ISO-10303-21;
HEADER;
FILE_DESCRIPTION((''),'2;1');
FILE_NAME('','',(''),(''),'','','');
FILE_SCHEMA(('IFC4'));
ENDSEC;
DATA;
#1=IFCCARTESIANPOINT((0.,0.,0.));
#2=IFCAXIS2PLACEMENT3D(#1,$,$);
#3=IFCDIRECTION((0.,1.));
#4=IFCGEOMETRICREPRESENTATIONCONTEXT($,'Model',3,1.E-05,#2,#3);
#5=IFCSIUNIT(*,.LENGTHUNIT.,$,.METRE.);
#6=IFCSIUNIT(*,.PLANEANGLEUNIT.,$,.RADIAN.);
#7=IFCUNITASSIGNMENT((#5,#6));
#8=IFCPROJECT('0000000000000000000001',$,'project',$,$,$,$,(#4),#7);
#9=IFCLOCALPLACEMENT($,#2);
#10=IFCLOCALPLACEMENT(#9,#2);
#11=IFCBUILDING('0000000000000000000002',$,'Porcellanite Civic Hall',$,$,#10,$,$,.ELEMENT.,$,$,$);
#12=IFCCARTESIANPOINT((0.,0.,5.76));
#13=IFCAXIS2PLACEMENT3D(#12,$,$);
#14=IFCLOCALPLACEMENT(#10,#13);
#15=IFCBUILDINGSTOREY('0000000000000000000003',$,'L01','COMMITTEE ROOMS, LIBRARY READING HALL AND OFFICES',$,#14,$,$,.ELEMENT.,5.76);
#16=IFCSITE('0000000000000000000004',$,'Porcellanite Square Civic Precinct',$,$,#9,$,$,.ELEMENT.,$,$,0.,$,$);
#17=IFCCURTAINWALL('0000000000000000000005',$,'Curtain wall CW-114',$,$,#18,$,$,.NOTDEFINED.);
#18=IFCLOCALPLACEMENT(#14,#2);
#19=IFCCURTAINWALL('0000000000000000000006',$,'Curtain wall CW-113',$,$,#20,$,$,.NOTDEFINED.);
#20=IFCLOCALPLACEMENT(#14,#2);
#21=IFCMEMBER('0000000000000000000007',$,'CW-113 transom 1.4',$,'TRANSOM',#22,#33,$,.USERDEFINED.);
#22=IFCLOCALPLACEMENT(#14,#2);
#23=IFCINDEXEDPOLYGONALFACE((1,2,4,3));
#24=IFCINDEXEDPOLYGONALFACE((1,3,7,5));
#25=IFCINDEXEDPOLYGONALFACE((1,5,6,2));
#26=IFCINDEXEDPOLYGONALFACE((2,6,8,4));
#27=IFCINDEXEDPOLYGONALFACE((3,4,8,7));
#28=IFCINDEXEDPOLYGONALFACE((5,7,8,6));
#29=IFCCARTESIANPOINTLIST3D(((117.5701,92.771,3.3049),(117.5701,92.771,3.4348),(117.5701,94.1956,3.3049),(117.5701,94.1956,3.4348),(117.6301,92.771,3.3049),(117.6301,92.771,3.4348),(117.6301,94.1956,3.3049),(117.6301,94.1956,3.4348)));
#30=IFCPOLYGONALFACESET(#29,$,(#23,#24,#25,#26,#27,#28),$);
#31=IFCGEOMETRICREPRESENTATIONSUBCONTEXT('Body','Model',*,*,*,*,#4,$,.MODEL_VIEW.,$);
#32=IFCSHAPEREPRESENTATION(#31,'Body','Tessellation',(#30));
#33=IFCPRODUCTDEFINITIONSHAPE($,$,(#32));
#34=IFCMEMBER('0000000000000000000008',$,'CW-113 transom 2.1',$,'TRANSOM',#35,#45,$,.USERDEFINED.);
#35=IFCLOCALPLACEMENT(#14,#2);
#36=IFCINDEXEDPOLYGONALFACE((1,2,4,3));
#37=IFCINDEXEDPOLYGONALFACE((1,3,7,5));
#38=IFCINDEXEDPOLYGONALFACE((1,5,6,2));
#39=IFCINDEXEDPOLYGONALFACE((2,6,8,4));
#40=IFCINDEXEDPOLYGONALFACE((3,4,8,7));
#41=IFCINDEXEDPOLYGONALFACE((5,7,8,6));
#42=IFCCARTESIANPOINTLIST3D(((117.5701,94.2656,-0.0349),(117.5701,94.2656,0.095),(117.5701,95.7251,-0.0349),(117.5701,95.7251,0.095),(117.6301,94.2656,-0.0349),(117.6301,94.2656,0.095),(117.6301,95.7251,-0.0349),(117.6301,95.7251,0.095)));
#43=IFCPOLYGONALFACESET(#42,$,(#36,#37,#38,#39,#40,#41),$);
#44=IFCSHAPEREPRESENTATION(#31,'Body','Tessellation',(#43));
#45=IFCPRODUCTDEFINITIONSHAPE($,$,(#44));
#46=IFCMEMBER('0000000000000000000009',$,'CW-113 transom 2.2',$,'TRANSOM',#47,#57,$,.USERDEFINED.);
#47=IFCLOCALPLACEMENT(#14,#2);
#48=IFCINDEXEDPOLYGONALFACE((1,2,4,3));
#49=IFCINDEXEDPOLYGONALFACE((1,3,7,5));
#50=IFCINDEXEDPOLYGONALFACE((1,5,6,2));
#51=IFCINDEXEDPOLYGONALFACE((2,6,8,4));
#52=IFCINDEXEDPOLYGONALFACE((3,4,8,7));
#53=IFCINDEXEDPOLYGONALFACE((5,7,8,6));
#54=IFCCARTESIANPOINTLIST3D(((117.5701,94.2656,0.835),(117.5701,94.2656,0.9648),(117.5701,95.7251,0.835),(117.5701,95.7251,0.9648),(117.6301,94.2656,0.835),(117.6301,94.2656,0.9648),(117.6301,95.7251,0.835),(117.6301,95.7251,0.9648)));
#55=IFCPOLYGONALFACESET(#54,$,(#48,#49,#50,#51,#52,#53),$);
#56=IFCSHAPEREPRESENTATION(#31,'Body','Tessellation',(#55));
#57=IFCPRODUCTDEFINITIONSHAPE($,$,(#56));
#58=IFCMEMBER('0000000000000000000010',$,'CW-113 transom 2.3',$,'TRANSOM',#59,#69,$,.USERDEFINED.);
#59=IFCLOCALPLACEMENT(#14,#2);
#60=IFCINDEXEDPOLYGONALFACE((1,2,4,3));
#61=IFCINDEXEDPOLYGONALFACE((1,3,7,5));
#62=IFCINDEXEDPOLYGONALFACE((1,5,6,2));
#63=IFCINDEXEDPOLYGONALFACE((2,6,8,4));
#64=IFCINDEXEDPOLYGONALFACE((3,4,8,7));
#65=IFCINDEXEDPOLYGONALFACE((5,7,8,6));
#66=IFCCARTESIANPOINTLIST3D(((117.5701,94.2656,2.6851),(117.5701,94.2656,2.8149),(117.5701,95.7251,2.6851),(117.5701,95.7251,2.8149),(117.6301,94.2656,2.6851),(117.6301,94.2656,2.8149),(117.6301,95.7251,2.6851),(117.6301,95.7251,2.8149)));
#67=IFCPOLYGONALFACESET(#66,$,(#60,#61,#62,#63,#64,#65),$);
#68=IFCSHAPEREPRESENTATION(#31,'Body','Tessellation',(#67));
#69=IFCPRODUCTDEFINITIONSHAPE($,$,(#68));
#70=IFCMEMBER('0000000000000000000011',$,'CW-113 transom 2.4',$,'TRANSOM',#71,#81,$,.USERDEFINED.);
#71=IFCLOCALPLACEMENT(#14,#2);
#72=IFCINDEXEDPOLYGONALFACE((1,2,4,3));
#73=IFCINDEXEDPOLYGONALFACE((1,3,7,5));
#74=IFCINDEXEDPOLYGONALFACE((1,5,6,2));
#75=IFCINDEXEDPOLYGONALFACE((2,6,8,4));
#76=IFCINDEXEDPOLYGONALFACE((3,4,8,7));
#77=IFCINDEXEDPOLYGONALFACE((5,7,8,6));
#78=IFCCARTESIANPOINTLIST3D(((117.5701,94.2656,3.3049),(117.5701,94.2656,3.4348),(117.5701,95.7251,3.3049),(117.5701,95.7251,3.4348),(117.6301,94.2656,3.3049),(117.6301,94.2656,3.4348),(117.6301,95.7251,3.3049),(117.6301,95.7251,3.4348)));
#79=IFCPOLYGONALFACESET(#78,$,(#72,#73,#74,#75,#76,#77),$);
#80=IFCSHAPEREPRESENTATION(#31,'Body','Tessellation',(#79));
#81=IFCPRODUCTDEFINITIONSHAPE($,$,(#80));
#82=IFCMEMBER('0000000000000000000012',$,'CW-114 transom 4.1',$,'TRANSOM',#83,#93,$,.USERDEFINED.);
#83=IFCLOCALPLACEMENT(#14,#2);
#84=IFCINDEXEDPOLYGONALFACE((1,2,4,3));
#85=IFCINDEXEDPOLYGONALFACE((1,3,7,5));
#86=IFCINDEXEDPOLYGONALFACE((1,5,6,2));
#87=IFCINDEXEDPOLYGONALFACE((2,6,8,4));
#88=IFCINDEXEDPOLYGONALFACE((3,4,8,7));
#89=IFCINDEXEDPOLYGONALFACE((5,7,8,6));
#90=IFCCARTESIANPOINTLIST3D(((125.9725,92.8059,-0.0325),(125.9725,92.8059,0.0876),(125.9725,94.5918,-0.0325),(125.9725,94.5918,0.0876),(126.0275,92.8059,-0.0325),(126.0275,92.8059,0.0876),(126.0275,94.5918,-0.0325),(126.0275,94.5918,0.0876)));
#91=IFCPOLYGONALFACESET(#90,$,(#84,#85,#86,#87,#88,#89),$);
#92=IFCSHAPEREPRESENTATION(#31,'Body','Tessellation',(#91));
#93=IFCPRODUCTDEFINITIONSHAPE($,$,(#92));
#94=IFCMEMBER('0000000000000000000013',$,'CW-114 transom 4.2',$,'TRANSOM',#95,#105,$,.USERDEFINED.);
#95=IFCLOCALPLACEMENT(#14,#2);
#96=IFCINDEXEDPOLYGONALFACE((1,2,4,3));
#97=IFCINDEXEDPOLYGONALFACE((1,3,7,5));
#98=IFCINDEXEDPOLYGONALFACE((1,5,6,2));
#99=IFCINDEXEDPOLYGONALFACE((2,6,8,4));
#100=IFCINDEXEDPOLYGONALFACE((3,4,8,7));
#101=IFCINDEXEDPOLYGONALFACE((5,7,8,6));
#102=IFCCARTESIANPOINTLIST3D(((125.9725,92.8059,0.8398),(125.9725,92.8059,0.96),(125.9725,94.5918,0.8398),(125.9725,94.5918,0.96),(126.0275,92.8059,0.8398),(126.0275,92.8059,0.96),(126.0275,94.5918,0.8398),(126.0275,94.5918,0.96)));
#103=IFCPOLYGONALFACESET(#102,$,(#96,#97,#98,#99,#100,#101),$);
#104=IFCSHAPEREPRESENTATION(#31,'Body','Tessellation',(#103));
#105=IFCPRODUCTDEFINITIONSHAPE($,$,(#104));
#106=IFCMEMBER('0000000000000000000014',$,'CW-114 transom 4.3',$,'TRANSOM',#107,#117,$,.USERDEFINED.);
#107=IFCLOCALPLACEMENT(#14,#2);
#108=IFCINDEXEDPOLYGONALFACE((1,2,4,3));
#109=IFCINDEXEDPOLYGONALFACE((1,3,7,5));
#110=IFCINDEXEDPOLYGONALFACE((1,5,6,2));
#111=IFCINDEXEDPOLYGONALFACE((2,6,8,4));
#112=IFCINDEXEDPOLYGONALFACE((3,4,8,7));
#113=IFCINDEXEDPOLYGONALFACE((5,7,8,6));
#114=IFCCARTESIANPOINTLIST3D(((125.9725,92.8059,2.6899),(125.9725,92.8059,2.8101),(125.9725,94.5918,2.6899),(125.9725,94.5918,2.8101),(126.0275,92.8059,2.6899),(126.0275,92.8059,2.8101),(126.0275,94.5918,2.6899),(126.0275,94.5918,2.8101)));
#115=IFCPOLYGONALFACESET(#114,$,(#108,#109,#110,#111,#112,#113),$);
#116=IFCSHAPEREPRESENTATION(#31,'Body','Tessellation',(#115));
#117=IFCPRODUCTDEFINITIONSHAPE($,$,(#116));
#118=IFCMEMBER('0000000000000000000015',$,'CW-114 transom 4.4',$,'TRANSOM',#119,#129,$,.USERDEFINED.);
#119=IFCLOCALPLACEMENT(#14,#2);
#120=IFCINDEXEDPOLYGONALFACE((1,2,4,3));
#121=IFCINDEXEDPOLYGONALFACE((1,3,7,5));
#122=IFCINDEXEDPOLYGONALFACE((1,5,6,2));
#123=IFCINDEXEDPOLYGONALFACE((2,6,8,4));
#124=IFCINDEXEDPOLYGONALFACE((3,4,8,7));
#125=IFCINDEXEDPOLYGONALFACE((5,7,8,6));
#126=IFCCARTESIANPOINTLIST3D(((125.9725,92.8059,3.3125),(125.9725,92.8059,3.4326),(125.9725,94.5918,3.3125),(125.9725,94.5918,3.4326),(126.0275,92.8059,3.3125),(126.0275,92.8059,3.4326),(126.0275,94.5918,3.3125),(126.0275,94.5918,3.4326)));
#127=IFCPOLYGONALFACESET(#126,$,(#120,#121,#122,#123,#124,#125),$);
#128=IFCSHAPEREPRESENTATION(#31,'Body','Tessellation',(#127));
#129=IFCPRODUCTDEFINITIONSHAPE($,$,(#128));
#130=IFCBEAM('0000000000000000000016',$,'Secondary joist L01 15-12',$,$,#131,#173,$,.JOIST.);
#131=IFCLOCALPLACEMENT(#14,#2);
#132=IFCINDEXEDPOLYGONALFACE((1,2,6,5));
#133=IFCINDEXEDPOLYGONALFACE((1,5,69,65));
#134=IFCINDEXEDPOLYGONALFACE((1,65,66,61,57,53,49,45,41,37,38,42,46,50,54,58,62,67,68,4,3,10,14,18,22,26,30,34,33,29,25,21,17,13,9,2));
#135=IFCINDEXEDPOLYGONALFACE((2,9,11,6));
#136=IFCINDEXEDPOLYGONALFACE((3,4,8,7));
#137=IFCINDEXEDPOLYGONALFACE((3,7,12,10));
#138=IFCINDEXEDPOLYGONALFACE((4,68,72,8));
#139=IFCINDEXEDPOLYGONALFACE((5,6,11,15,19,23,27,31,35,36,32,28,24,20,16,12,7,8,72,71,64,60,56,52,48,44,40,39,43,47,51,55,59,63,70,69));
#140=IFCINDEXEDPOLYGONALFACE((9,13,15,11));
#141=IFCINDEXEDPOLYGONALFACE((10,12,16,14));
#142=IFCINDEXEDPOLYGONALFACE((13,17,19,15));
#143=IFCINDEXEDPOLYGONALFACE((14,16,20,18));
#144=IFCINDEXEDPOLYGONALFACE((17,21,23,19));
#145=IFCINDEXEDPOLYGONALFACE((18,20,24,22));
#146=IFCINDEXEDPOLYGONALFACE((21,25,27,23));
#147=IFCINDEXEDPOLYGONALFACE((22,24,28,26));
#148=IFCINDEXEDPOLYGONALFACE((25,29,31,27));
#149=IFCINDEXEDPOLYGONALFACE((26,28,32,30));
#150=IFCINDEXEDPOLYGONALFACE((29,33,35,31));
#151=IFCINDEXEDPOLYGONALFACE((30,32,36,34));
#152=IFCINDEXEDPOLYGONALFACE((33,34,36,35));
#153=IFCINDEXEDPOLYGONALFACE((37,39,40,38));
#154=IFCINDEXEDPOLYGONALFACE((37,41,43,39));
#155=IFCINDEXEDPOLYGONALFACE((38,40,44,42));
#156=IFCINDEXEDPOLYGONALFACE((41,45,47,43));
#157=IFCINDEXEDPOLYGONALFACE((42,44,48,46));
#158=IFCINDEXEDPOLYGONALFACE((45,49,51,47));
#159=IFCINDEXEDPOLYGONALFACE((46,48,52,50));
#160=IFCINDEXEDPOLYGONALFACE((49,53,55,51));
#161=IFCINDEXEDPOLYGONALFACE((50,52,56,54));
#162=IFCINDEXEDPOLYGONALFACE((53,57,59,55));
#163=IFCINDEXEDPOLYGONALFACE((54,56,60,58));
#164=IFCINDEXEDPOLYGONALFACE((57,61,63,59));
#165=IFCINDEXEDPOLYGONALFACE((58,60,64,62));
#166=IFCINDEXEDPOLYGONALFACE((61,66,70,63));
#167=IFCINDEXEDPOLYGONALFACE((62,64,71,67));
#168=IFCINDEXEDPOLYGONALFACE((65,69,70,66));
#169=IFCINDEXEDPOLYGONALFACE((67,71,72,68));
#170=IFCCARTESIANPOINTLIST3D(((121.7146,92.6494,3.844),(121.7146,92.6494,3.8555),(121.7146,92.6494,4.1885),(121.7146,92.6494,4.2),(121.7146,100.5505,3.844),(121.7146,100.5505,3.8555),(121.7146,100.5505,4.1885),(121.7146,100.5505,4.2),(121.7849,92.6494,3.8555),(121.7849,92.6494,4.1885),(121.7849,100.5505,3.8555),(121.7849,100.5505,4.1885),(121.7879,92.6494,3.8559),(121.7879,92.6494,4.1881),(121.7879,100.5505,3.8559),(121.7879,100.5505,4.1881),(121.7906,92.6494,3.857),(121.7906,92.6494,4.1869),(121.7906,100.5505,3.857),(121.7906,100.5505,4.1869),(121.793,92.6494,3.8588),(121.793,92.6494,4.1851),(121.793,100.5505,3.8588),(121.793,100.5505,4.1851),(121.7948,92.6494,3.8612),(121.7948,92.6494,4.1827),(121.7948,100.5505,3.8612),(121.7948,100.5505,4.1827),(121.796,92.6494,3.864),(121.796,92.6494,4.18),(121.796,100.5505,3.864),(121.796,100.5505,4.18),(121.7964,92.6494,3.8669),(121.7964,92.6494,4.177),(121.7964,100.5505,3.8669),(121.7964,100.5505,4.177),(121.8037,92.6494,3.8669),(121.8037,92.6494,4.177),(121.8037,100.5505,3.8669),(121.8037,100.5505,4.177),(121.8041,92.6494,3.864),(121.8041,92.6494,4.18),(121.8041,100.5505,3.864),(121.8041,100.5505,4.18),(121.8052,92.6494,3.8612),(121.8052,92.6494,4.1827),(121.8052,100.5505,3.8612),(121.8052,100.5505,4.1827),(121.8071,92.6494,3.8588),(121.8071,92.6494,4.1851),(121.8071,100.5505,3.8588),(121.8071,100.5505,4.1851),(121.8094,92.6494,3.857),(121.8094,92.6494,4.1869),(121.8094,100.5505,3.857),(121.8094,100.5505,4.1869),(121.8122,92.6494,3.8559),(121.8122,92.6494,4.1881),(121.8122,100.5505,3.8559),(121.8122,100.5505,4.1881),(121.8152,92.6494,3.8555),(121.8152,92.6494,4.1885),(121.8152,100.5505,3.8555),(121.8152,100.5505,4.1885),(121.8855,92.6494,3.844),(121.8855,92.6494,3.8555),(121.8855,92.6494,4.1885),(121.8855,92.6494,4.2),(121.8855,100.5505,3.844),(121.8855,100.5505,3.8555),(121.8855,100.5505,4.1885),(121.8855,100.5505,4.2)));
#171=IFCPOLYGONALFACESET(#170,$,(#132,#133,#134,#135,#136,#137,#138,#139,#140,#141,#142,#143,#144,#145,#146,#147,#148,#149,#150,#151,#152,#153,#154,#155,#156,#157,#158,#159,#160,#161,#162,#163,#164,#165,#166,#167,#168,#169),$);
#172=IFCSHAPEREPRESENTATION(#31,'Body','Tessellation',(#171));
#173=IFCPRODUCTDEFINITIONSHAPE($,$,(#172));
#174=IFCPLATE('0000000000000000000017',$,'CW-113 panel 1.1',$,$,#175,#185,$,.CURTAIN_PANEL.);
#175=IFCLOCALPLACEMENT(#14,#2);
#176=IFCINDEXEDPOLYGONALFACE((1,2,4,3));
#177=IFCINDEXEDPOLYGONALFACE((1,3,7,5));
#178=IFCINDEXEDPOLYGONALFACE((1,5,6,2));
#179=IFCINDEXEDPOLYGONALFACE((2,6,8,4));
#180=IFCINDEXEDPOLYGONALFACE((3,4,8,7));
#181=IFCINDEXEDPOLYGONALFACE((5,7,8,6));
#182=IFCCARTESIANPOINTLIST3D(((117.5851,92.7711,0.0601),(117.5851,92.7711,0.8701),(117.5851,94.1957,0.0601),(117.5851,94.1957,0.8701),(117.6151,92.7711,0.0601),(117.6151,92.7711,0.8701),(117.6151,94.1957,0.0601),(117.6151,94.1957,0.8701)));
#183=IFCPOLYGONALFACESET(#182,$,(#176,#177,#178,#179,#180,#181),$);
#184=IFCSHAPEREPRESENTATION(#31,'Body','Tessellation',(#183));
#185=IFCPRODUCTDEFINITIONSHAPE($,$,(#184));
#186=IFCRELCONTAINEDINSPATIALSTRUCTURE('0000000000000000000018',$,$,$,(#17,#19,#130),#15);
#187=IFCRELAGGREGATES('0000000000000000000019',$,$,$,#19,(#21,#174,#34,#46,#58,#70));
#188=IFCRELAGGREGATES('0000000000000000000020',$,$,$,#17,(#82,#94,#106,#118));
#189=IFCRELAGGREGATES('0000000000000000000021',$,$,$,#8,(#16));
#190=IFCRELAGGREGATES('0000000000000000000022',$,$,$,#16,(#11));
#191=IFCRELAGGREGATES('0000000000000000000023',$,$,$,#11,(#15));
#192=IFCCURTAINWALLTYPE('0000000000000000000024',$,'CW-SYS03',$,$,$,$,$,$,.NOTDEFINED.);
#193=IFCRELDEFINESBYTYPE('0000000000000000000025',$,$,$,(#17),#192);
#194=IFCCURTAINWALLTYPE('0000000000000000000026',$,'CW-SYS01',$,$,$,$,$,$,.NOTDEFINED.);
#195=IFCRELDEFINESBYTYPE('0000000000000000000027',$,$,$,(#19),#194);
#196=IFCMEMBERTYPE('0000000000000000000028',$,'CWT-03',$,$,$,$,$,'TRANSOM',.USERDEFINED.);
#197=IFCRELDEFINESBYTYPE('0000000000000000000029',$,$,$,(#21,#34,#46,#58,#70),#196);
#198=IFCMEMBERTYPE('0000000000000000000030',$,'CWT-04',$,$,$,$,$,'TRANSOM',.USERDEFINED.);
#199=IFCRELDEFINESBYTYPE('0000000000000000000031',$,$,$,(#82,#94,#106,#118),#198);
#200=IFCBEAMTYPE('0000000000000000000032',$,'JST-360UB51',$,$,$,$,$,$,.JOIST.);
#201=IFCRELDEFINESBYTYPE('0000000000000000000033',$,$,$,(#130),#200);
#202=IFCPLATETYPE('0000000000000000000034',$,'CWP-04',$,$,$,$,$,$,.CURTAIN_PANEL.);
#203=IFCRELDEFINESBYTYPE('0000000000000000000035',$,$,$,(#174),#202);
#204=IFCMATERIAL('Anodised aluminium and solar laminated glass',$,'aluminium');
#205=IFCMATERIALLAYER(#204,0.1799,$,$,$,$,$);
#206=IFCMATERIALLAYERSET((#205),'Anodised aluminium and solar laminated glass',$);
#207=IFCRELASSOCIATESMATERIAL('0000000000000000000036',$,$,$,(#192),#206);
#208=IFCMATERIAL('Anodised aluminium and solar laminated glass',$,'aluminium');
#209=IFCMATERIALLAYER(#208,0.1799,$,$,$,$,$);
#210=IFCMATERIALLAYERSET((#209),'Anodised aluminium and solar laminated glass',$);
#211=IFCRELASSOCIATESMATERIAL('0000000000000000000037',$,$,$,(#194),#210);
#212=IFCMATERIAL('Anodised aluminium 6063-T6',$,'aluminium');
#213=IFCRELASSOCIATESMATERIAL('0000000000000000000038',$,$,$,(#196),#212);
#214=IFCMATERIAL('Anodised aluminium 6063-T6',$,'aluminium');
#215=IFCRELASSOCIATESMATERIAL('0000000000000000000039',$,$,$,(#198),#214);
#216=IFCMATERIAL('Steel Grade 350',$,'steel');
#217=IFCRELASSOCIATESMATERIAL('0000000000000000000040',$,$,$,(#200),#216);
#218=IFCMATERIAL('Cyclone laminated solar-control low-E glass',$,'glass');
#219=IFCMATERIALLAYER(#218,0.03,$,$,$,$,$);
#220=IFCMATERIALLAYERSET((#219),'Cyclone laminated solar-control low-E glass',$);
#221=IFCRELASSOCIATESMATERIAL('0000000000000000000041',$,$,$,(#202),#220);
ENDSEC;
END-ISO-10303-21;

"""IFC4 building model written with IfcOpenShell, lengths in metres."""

from ifc_helpers import new_model, si_unit, direction, frame, origin, origin_2d, place, context, subcontext, project, spatial, rectangle, i_section, extrude, material, layer, layer_set, material_profile, profile_set, type_object, element, aggregate, save


model = new_model("IFC4")

# Units and contexts
model_context = context("Model", 3, precision=1e-05, world=origin(), true_north=direction((0.0, 1.0)))
body_context = subcontext(model_context, "Body", "Model", "MODEL_VIEW")
ifc_project = project(units=[si_unit("LENGTHUNIT", "METRE"), si_unit("PLANEANGLEUNIT", "RADIAN")], contexts=[model_context])

# Site, building, storey
site_placement = place(None, origin())
site = spatial("IfcSite", under=ifc_project, at=site_placement, Name="Porcellanite Square Civic Precinct", CompositionType="ELEMENT", RefElevation=0.0)
building_placement = place(site_placement, origin())
building = spatial("IfcBuilding", under=site, at=building_placement, Name="Porcellanite Civic Hall", CompositionType="ELEMENT")
storey_placement = place(building_placement, frame((0.0, 0.0, 5.76)))
storey = spatial("IfcBuildingStorey", under=building, at=storey_placement, Name="L01", Description="COMMITTEE ROOMS, LIBRARY READING HALL AND OFFICES", CompositionType="ELEMENT", Elevation=5.76)

# Curtain walls, members
ifc_material_1 = material(Name="Anodised aluminium and solar laminated glass", Category="aluminium")
ifc_layer_1 = layer(ifc_material_1, 0.1799)
ifc_layer_set_1 = layer_set([ifc_layer_1], Name="Anodised aluminium and solar laminated glass")
curtain_wall_type_1 = type_object("IfcCurtainWallType", Name="CW-SYS03", PredefinedType="NOTDEFINED", material=ifc_layer_set_1)
curtain_wall_1_placement = place(storey_placement, origin())
curtain_wall_1 = element("IfcCurtainWall", 1, at=curtain_wall_1_placement, inside=storey, type_object=curtain_wall_type_1, Name="Curtain wall CW-114", PredefinedType="NOTDEFINED")
ifc_material_2 = material(Name="Anodised aluminium and solar laminated glass", Category="aluminium")
ifc_layer_2 = layer(ifc_material_2, 0.1799)
ifc_layer_set_2 = layer_set([ifc_layer_2], Name="Anodised aluminium and solar laminated glass")
curtain_wall_type_2 = type_object("IfcCurtainWallType", Name="CW-SYS01", PredefinedType="NOTDEFINED", material=ifc_layer_set_2)
curtain_wall_2_placement = place(storey_placement, origin())
curtain_wall_2 = element("IfcCurtainWall", 2, at=curtain_wall_2_placement, inside=storey, type_object=curtain_wall_type_2, Name="Curtain wall CW-113", PredefinedType="NOTDEFINED")
ifc_material_3 = material(Name="Anodised aluminium 6063-T6", Category="aluminium")
ifc_material_profile_1 = material_profile(ifc_material_3, rectangle(XDim=0.0601, YDim=0.1299, at=origin_2d()), Name="AL-60x130")
ifc_profile_set_1 = profile_set([ifc_material_profile_1], Name="Anodised aluminium 6063-T6")
member_type_1 = type_object("IfcMemberType", Name="CWT-03", ElementType="TRANSOM", PredefinedType="USERDEFINED", material=ifc_profile_set_1)
member_1_placement = place(storey_placement, frame((117.6001, 92.771, 3.3699), z_axis=(0.0, 1.0, 0.0), x_axis=(-1.0, 0.0, 0.0)))
member_1 = element("IfcMember", 3, at=member_1_placement, type_object=member_type_1, Name="CW-113 transom 1.4", ObjectType="TRANSOM", PredefinedType="USERDEFINED", context=body_context, shape_type="SweptSolid", body=[
    extrude(rectangle(XDim=0.0601, YDim=0.1299, at=origin_2d()), origin(), (0.0, 0.0, 1.0), 1.4246),
])
member_2_placement = place(storey_placement, frame((117.6001, 94.2656, 0.03), z_axis=(0.0, 1.0, 0.0), x_axis=(-1.0, 0.0, 0.0)))
member_2 = element("IfcMember", 4, at=member_2_placement, type_object=member_type_1, Name="CW-113 transom 2.1", ObjectType="TRANSOM", PredefinedType="USERDEFINED", context=body_context, shape_type="SweptSolid", body=[
    extrude(rectangle(XDim=0.0601, YDim=0.1299, at=origin_2d()), origin(), (0.0, 0.0, 1.0), 1.4595),
])
member_3_placement = place(storey_placement, frame((117.6001, 94.2656, 0.8999), z_axis=(0.0, 1.0, 0.0), x_axis=(-1.0, 0.0, 0.0)))
member_3 = element("IfcMember", 5, at=member_3_placement, type_object=member_type_1, Name="CW-113 transom 2.2", ObjectType="TRANSOM", PredefinedType="USERDEFINED", context=body_context, shape_type="SweptSolid", body=[
    extrude(rectangle(XDim=0.0601, YDim=0.1299, at=origin_2d()), origin(), (0.0, 0.0, 1.0), 1.4595),
])
member_4_placement = place(storey_placement, frame((117.6001, 94.2656, 2.75), z_axis=(0.0, 1.0, 0.0), x_axis=(-1.0, 0.0, 0.0)))
member_4 = element("IfcMember", 6, at=member_4_placement, type_object=member_type_1, Name="CW-113 transom 2.3", ObjectType="TRANSOM", PredefinedType="USERDEFINED", context=body_context, shape_type="SweptSolid", body=[
    extrude(rectangle(XDim=0.0601, YDim=0.1299, at=origin_2d()), origin(), (0.0, 0.0, 1.0), 1.4595),
])
member_5_placement = place(storey_placement, frame((117.6001, 94.2656, 3.3699), z_axis=(0.0, 1.0, 0.0), x_axis=(-1.0, 0.0, 0.0)))
member_5 = element("IfcMember", 7, at=member_5_placement, type_object=member_type_1, Name="CW-113 transom 2.4", ObjectType="TRANSOM", PredefinedType="USERDEFINED", context=body_context, shape_type="SweptSolid", body=[
    extrude(rectangle(XDim=0.0601, YDim=0.1299, at=origin_2d()), origin(), (0.0, 0.0, 1.0), 1.4595),
])

# Members
ifc_material_4 = material(Name="Anodised aluminium 6063-T6", Category="aluminium")
ifc_material_profile_2 = material_profile(ifc_material_4, rectangle(XDim=0.0549, YDim=0.1201, at=origin_2d()), Name="AL-55x120")
ifc_profile_set_2 = profile_set([ifc_material_profile_2], Name="Anodised aluminium 6063-T6")
member_type_2 = type_object("IfcMemberType", Name="CWT-04", ElementType="TRANSOM", PredefinedType="USERDEFINED", material=ifc_profile_set_2)
member_6_placement = place(storey_placement, frame((126.0, 94.5918, 0.0276), z_axis=(0.0, -1.0, 0.0), x_axis=(1.0, 0.0, 0.0)))
member_6 = element("IfcMember", 8, at=member_6_placement, type_object=member_type_2, Name="CW-114 transom 4.1", ObjectType="TRANSOM", PredefinedType="USERDEFINED", context=body_context, shape_type="SweptSolid", body=[
    extrude(rectangle(XDim=0.0549, YDim=0.1201, at=origin_2d()), origin(), (0.0, 0.0, 1.0), 1.7859),
])
member_7_placement = place(storey_placement, frame((126.0, 94.5918, 0.8999), z_axis=(0.0, -1.0, 0.0), x_axis=(1.0, 0.0, 0.0)))
member_7 = element("IfcMember", 9, at=member_7_placement, type_object=member_type_2, Name="CW-114 transom 4.2", ObjectType="TRANSOM", PredefinedType="USERDEFINED", context=body_context, shape_type="SweptSolid", body=[
    extrude(rectangle(XDim=0.0549, YDim=0.1201, at=origin_2d()), origin(), (0.0, 0.0, 1.0), 1.7859),
])
member_8_placement = place(storey_placement, frame((126.0, 94.5918, 2.75), z_axis=(0.0, -1.0, 0.0), x_axis=(1.0, 0.0, 0.0)))
member_8 = element("IfcMember", 10, at=member_8_placement, type_object=member_type_2, Name="CW-114 transom 4.3", ObjectType="TRANSOM", PredefinedType="USERDEFINED", context=body_context, shape_type="SweptSolid", body=[
    extrude(rectangle(XDim=0.0549, YDim=0.1201, at=origin_2d()), origin(), (0.0, 0.0, 1.0), 1.7859),
])
member_9_placement = place(storey_placement, frame((126.0, 94.5918, 3.3726), z_axis=(0.0, -1.0, 0.0), x_axis=(1.0, 0.0, 0.0)))
member_9 = element("IfcMember", 11, at=member_9_placement, type_object=member_type_2, Name="CW-114 transom 4.4", ObjectType="TRANSOM", PredefinedType="USERDEFINED", context=body_context, shape_type="SweptSolid", body=[
    extrude(rectangle(XDim=0.0549, YDim=0.1201, at=origin_2d()), origin(), (0.0, 0.0, 1.0), 1.7859),
])

# Beam
ifc_material_5 = material(Name="Steel Grade 350", Category="steel")
ifc_material_profile_3 = material_profile(ifc_material_5, i_section(OverallWidth=0.1709, OverallDepth=0.356, WebThickness=0.0073, FlangeThickness=0.0115, FilletRadius=0.0115, at=origin_2d()), Name="360UB50.7")
ifc_profile_set_3 = profile_set([ifc_material_profile_3], Name="Steel Grade 350")
beam_type_1 = type_object("IfcBeamType", Name="JST-360UB51", PredefinedType="JOIST", material=ifc_profile_set_3)
beam_1_placement = place(storey_placement, frame((121.8, 92.6494, 4.022), z_axis=(0.0, 1.0, 0.0), x_axis=(-1.0, 0.0, 0.0)))
element("IfcBeam", 12, at=beam_1_placement, inside=storey, type_object=beam_type_1, Name="Secondary joist L01 15-12", PredefinedType="JOIST", context=body_context, shape_type="SweptSolid", body=[
    extrude(i_section(OverallWidth=0.1709, OverallDepth=0.356, WebThickness=0.0073, FlangeThickness=0.0115, FilletRadius=0.0115, at=origin_2d()), origin(), (0.0, 0.0, 1.0), 7.9011),
])

# Plate
ifc_material_6 = material(Name="Cyclone laminated solar-control low-E glass", Category="glass")
ifc_layer_3 = layer(ifc_material_6, 0.03)
ifc_layer_set_3 = layer_set([ifc_layer_3], Name="Cyclone laminated solar-control low-E glass")
plate_type_1 = type_object("IfcPlateType", Name="CWP-04", PredefinedType="CURTAIN_PANEL", material=ifc_layer_set_3)
plate_1_placement = place(storey_placement, frame((117.6001, 93.4834, 0.0601), z_axis=(0.0, 0.0, 1.0), x_axis=(0.0, 1.0, 0.0)))
plate_1 = element("IfcPlate", 13, at=plate_1_placement, type_object=plate_type_1, Name="CW-113 panel 1.1", PredefinedType="CURTAIN_PANEL", context=body_context, shape_type="SweptSolid", body=[
    extrude(rectangle(XDim=1.4246, YDim=0.03, at=origin_2d()), origin(), (0.0, 0.0, 1.0), 0.8101),
])
aggregate(curtain_wall_2, [member_1, plate_1, member_2, member_3, member_4, member_5])
aggregate(curtain_wall_1, [member_6, member_7, member_8, member_9])

save(model, "model.ifc")
